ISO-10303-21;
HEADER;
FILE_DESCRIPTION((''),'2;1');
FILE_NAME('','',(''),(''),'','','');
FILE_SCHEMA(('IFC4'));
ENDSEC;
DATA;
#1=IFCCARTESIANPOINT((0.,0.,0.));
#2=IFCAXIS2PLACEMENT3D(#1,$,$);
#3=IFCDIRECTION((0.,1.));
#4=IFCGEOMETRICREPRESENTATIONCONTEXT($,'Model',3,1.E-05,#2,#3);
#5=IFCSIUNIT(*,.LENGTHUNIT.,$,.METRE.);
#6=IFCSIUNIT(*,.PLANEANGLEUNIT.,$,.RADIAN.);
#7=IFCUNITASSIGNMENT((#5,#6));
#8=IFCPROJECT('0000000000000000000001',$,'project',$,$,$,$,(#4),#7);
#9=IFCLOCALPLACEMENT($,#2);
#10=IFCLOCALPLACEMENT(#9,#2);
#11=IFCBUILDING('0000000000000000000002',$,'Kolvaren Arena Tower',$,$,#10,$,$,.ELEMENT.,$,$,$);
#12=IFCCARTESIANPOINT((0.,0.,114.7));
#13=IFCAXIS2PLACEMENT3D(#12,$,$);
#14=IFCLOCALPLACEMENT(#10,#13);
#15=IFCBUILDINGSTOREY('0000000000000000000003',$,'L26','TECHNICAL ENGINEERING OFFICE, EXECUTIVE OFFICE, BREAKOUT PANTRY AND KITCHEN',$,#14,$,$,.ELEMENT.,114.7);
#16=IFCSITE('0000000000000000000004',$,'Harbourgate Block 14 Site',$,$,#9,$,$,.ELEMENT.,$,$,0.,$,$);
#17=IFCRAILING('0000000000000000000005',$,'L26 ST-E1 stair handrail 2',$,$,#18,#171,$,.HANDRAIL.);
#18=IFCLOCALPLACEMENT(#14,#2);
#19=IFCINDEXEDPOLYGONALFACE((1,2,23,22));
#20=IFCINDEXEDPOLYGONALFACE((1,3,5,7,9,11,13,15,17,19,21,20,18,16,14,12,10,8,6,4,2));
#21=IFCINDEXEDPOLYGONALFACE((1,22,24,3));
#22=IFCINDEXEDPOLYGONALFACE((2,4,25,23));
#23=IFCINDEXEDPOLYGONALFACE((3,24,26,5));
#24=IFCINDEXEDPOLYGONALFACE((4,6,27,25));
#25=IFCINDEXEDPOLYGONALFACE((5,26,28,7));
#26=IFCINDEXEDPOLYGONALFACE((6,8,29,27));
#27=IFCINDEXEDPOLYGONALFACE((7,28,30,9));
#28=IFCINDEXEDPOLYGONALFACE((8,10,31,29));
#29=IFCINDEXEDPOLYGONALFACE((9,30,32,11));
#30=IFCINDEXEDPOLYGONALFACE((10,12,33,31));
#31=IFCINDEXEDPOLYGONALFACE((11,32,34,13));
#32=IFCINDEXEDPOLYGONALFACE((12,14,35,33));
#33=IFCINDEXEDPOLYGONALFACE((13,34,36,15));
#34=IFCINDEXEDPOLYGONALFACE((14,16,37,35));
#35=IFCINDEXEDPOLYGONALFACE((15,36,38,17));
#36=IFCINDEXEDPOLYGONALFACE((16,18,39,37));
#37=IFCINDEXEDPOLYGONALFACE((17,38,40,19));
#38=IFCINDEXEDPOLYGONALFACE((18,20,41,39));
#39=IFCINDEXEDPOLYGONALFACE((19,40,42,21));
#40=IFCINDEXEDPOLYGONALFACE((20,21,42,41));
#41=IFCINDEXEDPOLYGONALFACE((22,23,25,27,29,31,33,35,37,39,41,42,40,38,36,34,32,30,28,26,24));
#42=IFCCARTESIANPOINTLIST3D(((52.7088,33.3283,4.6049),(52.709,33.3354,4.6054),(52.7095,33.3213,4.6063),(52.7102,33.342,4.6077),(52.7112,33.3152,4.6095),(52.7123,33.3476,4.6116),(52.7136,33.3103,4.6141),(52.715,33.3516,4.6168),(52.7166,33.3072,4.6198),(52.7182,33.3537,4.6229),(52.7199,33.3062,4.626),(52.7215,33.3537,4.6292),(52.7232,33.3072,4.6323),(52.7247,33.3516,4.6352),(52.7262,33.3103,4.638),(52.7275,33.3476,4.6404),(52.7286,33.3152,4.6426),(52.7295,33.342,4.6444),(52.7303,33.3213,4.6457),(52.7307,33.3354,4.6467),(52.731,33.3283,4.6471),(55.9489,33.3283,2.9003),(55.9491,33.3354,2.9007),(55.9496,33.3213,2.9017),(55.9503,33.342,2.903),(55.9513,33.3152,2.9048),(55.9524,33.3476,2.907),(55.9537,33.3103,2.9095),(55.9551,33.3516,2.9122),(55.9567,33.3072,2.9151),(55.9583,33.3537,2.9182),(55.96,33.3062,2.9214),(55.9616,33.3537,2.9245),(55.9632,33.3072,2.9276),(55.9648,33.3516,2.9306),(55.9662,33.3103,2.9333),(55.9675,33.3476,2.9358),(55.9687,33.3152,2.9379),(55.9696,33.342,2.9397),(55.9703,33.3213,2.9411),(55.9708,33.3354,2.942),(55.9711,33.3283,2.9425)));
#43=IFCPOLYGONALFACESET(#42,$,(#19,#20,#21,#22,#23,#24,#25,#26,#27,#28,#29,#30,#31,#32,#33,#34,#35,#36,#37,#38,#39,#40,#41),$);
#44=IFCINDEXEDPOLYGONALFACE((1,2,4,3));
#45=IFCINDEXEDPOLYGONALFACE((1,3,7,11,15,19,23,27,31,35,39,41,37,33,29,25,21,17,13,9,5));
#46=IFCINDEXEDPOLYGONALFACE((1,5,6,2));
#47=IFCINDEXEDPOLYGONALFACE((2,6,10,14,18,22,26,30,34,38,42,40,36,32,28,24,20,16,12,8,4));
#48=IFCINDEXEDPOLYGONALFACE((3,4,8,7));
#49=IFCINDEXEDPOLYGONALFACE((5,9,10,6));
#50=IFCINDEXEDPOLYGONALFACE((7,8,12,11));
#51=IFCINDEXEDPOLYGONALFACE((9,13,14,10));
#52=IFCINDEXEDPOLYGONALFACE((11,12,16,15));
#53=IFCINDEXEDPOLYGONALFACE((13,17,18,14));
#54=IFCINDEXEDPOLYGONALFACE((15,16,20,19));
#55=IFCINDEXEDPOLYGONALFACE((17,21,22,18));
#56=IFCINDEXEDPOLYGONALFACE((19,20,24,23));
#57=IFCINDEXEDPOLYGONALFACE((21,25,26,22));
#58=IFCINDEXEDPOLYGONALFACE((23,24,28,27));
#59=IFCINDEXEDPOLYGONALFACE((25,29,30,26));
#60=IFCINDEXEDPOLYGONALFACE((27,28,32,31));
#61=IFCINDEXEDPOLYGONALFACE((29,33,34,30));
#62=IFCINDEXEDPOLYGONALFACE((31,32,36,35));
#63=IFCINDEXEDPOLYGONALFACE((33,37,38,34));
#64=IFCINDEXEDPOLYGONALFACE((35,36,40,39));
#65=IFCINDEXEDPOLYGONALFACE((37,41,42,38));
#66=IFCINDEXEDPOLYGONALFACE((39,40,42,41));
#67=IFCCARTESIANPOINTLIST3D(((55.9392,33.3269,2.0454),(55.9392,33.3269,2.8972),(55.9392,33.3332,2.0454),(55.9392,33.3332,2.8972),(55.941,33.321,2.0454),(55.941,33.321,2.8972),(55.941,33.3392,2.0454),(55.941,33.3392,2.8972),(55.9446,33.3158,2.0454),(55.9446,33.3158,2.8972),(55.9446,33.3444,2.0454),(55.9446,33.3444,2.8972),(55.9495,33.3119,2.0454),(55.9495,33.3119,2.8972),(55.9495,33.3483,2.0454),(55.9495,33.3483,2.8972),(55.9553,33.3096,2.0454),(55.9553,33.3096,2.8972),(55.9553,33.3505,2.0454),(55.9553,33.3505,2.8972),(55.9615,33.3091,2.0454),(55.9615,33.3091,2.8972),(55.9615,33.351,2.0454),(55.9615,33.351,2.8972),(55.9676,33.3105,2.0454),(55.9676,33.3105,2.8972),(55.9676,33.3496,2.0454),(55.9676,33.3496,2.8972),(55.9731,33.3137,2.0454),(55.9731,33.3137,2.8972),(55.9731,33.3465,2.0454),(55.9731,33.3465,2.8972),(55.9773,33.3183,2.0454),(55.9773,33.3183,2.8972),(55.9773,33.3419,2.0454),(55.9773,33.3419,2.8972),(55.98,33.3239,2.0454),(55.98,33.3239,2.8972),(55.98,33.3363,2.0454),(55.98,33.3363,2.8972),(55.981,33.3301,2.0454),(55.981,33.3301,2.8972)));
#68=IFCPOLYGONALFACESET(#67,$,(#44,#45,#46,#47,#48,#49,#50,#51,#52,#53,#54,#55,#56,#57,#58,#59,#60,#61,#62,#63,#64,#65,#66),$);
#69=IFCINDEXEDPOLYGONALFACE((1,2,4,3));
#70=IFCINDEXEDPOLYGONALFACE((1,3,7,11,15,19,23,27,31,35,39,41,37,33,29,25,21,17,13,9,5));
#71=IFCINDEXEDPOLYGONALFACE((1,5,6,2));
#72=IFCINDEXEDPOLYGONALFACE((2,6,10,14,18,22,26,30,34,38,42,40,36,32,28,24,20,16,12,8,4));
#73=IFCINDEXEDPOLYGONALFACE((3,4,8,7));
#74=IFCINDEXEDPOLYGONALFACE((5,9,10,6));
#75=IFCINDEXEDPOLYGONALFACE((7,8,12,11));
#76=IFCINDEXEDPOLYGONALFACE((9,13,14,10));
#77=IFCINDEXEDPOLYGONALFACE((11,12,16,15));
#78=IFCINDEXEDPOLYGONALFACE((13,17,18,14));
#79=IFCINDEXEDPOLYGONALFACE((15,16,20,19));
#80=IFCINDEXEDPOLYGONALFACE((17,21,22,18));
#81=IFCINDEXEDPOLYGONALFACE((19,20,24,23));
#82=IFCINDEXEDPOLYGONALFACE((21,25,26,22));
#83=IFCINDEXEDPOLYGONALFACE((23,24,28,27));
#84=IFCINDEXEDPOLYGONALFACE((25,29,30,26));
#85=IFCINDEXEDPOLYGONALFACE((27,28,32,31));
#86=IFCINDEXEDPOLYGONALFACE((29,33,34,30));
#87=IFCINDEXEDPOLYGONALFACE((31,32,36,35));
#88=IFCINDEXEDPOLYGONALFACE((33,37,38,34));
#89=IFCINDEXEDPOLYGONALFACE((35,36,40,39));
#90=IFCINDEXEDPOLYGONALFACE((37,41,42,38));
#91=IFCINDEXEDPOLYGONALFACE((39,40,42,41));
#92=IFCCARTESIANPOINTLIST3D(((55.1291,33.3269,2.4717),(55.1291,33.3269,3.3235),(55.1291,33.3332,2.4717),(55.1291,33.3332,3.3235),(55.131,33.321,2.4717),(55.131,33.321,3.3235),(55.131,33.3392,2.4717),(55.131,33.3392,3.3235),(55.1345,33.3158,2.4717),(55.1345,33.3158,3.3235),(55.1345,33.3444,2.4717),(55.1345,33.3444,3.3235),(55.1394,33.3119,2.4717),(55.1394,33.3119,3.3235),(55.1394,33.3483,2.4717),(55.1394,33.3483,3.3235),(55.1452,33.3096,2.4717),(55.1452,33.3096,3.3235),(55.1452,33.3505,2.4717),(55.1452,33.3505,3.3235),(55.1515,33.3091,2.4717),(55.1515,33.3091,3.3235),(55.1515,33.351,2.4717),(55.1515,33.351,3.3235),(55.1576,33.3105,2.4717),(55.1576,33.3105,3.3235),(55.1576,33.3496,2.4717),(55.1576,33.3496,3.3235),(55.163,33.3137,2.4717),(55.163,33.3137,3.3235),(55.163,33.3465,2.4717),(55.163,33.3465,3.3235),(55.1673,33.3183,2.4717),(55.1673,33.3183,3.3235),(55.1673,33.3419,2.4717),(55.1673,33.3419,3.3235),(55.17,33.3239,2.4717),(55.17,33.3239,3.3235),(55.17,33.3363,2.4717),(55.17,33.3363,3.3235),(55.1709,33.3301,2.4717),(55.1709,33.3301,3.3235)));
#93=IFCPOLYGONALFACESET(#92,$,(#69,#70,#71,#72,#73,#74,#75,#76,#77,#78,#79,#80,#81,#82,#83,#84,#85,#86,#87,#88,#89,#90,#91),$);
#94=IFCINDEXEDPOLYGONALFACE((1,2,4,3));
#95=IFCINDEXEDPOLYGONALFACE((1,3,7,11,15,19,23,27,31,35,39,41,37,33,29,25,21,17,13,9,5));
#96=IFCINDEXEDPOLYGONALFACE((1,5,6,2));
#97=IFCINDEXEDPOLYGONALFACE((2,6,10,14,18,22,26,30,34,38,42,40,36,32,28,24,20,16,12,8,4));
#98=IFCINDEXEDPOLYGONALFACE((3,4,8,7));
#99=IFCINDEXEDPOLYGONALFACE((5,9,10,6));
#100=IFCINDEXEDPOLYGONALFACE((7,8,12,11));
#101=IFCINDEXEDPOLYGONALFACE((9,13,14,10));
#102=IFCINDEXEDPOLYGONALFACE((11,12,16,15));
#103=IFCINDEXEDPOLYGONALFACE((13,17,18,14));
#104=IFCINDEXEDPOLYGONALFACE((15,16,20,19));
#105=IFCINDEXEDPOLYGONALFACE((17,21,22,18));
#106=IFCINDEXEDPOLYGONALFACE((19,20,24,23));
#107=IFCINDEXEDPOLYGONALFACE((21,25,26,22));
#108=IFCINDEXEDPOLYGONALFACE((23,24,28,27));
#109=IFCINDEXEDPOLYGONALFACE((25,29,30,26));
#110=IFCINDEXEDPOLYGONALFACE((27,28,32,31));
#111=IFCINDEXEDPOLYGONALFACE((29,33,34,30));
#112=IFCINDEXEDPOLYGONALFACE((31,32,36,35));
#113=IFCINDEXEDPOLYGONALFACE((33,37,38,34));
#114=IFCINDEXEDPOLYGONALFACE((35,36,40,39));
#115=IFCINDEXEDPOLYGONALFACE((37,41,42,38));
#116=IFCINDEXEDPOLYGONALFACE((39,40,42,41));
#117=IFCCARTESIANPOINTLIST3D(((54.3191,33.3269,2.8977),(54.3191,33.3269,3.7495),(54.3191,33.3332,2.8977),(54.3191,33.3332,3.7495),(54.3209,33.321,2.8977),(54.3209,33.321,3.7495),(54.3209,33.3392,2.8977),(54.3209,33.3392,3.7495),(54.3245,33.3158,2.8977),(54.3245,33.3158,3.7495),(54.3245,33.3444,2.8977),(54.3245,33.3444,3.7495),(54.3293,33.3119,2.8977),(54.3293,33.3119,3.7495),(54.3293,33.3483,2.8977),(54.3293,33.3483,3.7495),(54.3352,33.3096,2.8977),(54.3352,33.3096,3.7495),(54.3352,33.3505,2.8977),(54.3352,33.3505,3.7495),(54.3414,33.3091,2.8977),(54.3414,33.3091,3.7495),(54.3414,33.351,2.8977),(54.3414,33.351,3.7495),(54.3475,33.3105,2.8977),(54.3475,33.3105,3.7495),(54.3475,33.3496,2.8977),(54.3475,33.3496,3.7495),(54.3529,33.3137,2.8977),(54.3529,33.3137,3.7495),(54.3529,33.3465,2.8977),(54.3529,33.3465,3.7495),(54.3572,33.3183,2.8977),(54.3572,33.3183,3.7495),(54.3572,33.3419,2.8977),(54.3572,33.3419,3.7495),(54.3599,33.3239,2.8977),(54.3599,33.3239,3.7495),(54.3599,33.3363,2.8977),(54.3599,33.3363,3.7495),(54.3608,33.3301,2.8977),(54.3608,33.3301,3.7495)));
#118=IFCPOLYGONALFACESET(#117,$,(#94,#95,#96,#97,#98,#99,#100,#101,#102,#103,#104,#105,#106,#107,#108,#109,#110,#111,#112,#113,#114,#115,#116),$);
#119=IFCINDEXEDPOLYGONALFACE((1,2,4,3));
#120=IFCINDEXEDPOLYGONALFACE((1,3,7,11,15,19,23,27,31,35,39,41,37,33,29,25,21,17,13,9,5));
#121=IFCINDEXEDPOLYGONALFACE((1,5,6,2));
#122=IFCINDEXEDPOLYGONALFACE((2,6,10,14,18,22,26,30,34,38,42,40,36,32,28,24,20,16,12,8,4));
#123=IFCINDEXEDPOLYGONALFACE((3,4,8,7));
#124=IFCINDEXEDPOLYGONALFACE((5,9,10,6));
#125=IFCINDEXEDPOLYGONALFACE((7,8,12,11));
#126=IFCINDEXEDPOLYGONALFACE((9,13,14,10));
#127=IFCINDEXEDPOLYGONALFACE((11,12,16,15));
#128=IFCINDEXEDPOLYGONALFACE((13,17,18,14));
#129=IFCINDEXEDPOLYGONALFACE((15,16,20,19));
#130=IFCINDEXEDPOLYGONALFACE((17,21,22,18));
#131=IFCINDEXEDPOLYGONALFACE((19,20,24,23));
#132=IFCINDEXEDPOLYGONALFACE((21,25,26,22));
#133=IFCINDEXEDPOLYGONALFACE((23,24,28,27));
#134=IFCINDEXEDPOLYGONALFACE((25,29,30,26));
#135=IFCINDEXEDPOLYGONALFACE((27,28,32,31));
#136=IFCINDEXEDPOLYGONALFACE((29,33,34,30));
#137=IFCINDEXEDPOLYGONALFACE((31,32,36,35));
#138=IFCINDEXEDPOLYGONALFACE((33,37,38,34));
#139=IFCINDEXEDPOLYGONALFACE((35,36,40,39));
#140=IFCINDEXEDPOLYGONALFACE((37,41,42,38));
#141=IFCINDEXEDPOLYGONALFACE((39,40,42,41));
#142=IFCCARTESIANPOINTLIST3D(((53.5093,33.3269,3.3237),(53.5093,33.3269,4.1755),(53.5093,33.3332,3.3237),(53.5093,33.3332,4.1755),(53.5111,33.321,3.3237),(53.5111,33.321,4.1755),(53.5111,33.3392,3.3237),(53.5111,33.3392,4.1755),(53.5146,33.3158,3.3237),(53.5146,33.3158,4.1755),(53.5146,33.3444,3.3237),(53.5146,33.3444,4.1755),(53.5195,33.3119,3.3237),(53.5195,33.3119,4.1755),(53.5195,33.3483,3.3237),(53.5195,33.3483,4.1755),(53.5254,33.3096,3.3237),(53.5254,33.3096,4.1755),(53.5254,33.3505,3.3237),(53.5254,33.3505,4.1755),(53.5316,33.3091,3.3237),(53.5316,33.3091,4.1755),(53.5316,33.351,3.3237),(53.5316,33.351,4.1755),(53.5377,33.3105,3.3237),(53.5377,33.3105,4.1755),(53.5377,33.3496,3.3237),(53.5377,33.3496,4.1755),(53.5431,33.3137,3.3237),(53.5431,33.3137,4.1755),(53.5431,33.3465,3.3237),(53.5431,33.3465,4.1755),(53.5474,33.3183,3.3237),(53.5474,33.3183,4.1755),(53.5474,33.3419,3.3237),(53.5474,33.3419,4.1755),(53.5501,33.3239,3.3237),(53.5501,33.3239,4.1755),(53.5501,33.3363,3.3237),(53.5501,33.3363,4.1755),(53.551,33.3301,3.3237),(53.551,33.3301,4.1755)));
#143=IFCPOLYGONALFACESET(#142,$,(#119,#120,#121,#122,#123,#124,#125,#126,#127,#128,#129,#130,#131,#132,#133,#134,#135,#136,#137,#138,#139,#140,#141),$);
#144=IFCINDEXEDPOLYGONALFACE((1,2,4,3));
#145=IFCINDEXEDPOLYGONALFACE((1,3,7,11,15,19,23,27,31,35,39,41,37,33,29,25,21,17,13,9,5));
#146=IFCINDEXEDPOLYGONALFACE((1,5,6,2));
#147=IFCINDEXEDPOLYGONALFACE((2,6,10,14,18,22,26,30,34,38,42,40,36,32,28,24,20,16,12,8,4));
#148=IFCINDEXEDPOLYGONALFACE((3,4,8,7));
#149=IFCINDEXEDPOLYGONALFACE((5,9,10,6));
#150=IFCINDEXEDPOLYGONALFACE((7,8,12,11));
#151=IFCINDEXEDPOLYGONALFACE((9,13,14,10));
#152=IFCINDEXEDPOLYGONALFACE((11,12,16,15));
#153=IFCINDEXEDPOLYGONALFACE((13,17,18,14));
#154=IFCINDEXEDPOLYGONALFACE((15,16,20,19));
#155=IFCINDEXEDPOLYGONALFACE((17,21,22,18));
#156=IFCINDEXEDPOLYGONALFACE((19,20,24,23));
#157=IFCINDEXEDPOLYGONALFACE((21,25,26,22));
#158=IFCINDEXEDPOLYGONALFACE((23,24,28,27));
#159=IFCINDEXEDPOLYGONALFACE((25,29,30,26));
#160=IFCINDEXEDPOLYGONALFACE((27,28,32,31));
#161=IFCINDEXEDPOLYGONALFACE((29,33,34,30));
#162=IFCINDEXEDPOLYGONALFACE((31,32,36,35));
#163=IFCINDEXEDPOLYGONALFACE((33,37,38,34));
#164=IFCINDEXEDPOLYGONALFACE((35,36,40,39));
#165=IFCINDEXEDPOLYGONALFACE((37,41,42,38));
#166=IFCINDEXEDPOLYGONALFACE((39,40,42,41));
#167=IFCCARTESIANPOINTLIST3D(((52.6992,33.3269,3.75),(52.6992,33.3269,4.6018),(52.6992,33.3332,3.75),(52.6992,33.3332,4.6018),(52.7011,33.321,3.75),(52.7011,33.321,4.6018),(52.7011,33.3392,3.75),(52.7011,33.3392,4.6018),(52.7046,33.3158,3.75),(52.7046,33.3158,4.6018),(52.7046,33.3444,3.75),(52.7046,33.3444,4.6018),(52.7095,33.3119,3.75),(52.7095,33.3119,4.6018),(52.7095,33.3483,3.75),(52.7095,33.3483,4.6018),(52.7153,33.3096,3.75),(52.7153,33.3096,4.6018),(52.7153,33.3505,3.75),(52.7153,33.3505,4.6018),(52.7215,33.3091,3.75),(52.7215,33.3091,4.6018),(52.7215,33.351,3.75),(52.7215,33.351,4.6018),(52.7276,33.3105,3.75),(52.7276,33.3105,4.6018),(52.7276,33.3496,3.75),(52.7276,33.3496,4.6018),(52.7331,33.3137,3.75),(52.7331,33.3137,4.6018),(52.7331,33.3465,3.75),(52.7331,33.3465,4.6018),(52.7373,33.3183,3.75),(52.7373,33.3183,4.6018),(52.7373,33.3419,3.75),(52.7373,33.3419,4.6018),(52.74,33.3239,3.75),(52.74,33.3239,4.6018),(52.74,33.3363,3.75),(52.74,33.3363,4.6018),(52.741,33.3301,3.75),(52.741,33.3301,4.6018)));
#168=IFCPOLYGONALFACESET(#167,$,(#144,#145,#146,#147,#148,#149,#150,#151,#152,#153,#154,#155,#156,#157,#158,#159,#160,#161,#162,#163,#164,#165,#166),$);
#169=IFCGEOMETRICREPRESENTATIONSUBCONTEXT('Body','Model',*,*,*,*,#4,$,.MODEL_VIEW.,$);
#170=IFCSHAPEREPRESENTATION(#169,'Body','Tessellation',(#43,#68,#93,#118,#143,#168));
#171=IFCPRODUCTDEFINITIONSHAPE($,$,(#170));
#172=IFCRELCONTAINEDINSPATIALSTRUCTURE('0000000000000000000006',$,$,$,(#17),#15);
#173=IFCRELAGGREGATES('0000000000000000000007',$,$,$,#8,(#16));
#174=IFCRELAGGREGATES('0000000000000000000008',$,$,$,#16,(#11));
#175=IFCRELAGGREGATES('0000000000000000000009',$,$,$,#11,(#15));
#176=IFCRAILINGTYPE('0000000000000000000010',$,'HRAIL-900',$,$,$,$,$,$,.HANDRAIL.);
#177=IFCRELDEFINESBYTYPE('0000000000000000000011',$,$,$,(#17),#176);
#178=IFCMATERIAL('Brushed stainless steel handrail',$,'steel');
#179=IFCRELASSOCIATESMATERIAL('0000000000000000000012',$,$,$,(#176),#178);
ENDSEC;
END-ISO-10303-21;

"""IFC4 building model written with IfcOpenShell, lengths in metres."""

from ifc_helpers import new_model, si_unit, direction, frame, origin, origin_2d, place, context, subcontext, project, spatial, circle, extrude, material, type_object, element, save


model = new_model("IFC4")

# Units and contexts
model_context = context("Model", 3, precision=1e-05, world=origin(), true_north=direction((0.0, 1.0)))
body_context = subcontext(model_context, "Body", "Model", "MODEL_VIEW")
ifc_project = project(units=[si_unit("LENGTHUNIT", "METRE"), si_unit("PLANEANGLEUNIT", "RADIAN")], contexts=[model_context])

# Site, building, storey
site_placement = place(None, origin())
site = spatial("IfcSite", under=ifc_project, at=site_placement, Name="Harbourgate Block 14 Site", CompositionType="ELEMENT", RefElevation=0.0)
building_placement = place(site_placement, origin())
building = spatial("IfcBuilding", under=site, at=building_placement, Name="Kolvaren Arena Tower", CompositionType="ELEMENT")
storey_placement = place(building_placement, frame((0.0, 0.0, 114.7)))
storey = spatial("IfcBuildingStorey", under=building, at=storey_placement, Name="L26", Description="TECHNICAL ENGINEERING OFFICE, EXECUTIVE OFFICE, BREAKOUT PANTRY AND KITCHEN", CompositionType="ELEMENT", Elevation=114.7)

# Railing
ifc_material_1 = material(Name="Brushed stainless steel handrail", Category="steel")
railing_type_1 = type_object("IfcRailingType", Name="HRAIL-900", PredefinedType="HANDRAIL", material=ifc_material_1)
for number, where, name in (
    (1, (55.96, 33.3301, 2.0454), "L26 ST-E1 stair handrail 2"),
):
    element("IfcRailing", number, at=place(storey_placement, frame(where)), inside=storey, type_object=railing_type_1, Name=name, PredefinedType="HANDRAIL", context=body_context, shape_type="SweptSolid", body=[
        extrude(circle(Radius=0.0239, at=origin_2d()), frame((0.0, 0.0, 0.876), z_axis=(-0.884993, 0.0, 0.465604), x_axis=(0.0, -1.0, 0.0)), (0.0, 0.0, 1.0), 3.6611),
        extrude(circle(Radius=0.021, at=origin_2d()), origin(), (0.0, 0.0, 1.0), 0.8518),
        extrude(circle(Radius=0.021, at=origin_2d()), frame((-0.8101, 0.0, 0.4263)), (0.0, 0.0, 1.0), 0.8518),
        extrude(circle(Radius=0.021, at=origin_2d()), frame((-1.6201, 0.0, 0.8523)), (0.0, 0.0, 1.0), 0.8518),
        extrude(circle(Radius=0.021, at=origin_2d()), frame((-2.4299, 0.0, 1.2783)), (0.0, 0.0, 1.0), 0.8518),
        extrude(circle(Radius=0.021, at=origin_2d()), frame((-3.24, 0.0, 1.7046)), (0.0, 0.0, 1.0), 0.8518),
    ])

save(model, "model.ifc")
